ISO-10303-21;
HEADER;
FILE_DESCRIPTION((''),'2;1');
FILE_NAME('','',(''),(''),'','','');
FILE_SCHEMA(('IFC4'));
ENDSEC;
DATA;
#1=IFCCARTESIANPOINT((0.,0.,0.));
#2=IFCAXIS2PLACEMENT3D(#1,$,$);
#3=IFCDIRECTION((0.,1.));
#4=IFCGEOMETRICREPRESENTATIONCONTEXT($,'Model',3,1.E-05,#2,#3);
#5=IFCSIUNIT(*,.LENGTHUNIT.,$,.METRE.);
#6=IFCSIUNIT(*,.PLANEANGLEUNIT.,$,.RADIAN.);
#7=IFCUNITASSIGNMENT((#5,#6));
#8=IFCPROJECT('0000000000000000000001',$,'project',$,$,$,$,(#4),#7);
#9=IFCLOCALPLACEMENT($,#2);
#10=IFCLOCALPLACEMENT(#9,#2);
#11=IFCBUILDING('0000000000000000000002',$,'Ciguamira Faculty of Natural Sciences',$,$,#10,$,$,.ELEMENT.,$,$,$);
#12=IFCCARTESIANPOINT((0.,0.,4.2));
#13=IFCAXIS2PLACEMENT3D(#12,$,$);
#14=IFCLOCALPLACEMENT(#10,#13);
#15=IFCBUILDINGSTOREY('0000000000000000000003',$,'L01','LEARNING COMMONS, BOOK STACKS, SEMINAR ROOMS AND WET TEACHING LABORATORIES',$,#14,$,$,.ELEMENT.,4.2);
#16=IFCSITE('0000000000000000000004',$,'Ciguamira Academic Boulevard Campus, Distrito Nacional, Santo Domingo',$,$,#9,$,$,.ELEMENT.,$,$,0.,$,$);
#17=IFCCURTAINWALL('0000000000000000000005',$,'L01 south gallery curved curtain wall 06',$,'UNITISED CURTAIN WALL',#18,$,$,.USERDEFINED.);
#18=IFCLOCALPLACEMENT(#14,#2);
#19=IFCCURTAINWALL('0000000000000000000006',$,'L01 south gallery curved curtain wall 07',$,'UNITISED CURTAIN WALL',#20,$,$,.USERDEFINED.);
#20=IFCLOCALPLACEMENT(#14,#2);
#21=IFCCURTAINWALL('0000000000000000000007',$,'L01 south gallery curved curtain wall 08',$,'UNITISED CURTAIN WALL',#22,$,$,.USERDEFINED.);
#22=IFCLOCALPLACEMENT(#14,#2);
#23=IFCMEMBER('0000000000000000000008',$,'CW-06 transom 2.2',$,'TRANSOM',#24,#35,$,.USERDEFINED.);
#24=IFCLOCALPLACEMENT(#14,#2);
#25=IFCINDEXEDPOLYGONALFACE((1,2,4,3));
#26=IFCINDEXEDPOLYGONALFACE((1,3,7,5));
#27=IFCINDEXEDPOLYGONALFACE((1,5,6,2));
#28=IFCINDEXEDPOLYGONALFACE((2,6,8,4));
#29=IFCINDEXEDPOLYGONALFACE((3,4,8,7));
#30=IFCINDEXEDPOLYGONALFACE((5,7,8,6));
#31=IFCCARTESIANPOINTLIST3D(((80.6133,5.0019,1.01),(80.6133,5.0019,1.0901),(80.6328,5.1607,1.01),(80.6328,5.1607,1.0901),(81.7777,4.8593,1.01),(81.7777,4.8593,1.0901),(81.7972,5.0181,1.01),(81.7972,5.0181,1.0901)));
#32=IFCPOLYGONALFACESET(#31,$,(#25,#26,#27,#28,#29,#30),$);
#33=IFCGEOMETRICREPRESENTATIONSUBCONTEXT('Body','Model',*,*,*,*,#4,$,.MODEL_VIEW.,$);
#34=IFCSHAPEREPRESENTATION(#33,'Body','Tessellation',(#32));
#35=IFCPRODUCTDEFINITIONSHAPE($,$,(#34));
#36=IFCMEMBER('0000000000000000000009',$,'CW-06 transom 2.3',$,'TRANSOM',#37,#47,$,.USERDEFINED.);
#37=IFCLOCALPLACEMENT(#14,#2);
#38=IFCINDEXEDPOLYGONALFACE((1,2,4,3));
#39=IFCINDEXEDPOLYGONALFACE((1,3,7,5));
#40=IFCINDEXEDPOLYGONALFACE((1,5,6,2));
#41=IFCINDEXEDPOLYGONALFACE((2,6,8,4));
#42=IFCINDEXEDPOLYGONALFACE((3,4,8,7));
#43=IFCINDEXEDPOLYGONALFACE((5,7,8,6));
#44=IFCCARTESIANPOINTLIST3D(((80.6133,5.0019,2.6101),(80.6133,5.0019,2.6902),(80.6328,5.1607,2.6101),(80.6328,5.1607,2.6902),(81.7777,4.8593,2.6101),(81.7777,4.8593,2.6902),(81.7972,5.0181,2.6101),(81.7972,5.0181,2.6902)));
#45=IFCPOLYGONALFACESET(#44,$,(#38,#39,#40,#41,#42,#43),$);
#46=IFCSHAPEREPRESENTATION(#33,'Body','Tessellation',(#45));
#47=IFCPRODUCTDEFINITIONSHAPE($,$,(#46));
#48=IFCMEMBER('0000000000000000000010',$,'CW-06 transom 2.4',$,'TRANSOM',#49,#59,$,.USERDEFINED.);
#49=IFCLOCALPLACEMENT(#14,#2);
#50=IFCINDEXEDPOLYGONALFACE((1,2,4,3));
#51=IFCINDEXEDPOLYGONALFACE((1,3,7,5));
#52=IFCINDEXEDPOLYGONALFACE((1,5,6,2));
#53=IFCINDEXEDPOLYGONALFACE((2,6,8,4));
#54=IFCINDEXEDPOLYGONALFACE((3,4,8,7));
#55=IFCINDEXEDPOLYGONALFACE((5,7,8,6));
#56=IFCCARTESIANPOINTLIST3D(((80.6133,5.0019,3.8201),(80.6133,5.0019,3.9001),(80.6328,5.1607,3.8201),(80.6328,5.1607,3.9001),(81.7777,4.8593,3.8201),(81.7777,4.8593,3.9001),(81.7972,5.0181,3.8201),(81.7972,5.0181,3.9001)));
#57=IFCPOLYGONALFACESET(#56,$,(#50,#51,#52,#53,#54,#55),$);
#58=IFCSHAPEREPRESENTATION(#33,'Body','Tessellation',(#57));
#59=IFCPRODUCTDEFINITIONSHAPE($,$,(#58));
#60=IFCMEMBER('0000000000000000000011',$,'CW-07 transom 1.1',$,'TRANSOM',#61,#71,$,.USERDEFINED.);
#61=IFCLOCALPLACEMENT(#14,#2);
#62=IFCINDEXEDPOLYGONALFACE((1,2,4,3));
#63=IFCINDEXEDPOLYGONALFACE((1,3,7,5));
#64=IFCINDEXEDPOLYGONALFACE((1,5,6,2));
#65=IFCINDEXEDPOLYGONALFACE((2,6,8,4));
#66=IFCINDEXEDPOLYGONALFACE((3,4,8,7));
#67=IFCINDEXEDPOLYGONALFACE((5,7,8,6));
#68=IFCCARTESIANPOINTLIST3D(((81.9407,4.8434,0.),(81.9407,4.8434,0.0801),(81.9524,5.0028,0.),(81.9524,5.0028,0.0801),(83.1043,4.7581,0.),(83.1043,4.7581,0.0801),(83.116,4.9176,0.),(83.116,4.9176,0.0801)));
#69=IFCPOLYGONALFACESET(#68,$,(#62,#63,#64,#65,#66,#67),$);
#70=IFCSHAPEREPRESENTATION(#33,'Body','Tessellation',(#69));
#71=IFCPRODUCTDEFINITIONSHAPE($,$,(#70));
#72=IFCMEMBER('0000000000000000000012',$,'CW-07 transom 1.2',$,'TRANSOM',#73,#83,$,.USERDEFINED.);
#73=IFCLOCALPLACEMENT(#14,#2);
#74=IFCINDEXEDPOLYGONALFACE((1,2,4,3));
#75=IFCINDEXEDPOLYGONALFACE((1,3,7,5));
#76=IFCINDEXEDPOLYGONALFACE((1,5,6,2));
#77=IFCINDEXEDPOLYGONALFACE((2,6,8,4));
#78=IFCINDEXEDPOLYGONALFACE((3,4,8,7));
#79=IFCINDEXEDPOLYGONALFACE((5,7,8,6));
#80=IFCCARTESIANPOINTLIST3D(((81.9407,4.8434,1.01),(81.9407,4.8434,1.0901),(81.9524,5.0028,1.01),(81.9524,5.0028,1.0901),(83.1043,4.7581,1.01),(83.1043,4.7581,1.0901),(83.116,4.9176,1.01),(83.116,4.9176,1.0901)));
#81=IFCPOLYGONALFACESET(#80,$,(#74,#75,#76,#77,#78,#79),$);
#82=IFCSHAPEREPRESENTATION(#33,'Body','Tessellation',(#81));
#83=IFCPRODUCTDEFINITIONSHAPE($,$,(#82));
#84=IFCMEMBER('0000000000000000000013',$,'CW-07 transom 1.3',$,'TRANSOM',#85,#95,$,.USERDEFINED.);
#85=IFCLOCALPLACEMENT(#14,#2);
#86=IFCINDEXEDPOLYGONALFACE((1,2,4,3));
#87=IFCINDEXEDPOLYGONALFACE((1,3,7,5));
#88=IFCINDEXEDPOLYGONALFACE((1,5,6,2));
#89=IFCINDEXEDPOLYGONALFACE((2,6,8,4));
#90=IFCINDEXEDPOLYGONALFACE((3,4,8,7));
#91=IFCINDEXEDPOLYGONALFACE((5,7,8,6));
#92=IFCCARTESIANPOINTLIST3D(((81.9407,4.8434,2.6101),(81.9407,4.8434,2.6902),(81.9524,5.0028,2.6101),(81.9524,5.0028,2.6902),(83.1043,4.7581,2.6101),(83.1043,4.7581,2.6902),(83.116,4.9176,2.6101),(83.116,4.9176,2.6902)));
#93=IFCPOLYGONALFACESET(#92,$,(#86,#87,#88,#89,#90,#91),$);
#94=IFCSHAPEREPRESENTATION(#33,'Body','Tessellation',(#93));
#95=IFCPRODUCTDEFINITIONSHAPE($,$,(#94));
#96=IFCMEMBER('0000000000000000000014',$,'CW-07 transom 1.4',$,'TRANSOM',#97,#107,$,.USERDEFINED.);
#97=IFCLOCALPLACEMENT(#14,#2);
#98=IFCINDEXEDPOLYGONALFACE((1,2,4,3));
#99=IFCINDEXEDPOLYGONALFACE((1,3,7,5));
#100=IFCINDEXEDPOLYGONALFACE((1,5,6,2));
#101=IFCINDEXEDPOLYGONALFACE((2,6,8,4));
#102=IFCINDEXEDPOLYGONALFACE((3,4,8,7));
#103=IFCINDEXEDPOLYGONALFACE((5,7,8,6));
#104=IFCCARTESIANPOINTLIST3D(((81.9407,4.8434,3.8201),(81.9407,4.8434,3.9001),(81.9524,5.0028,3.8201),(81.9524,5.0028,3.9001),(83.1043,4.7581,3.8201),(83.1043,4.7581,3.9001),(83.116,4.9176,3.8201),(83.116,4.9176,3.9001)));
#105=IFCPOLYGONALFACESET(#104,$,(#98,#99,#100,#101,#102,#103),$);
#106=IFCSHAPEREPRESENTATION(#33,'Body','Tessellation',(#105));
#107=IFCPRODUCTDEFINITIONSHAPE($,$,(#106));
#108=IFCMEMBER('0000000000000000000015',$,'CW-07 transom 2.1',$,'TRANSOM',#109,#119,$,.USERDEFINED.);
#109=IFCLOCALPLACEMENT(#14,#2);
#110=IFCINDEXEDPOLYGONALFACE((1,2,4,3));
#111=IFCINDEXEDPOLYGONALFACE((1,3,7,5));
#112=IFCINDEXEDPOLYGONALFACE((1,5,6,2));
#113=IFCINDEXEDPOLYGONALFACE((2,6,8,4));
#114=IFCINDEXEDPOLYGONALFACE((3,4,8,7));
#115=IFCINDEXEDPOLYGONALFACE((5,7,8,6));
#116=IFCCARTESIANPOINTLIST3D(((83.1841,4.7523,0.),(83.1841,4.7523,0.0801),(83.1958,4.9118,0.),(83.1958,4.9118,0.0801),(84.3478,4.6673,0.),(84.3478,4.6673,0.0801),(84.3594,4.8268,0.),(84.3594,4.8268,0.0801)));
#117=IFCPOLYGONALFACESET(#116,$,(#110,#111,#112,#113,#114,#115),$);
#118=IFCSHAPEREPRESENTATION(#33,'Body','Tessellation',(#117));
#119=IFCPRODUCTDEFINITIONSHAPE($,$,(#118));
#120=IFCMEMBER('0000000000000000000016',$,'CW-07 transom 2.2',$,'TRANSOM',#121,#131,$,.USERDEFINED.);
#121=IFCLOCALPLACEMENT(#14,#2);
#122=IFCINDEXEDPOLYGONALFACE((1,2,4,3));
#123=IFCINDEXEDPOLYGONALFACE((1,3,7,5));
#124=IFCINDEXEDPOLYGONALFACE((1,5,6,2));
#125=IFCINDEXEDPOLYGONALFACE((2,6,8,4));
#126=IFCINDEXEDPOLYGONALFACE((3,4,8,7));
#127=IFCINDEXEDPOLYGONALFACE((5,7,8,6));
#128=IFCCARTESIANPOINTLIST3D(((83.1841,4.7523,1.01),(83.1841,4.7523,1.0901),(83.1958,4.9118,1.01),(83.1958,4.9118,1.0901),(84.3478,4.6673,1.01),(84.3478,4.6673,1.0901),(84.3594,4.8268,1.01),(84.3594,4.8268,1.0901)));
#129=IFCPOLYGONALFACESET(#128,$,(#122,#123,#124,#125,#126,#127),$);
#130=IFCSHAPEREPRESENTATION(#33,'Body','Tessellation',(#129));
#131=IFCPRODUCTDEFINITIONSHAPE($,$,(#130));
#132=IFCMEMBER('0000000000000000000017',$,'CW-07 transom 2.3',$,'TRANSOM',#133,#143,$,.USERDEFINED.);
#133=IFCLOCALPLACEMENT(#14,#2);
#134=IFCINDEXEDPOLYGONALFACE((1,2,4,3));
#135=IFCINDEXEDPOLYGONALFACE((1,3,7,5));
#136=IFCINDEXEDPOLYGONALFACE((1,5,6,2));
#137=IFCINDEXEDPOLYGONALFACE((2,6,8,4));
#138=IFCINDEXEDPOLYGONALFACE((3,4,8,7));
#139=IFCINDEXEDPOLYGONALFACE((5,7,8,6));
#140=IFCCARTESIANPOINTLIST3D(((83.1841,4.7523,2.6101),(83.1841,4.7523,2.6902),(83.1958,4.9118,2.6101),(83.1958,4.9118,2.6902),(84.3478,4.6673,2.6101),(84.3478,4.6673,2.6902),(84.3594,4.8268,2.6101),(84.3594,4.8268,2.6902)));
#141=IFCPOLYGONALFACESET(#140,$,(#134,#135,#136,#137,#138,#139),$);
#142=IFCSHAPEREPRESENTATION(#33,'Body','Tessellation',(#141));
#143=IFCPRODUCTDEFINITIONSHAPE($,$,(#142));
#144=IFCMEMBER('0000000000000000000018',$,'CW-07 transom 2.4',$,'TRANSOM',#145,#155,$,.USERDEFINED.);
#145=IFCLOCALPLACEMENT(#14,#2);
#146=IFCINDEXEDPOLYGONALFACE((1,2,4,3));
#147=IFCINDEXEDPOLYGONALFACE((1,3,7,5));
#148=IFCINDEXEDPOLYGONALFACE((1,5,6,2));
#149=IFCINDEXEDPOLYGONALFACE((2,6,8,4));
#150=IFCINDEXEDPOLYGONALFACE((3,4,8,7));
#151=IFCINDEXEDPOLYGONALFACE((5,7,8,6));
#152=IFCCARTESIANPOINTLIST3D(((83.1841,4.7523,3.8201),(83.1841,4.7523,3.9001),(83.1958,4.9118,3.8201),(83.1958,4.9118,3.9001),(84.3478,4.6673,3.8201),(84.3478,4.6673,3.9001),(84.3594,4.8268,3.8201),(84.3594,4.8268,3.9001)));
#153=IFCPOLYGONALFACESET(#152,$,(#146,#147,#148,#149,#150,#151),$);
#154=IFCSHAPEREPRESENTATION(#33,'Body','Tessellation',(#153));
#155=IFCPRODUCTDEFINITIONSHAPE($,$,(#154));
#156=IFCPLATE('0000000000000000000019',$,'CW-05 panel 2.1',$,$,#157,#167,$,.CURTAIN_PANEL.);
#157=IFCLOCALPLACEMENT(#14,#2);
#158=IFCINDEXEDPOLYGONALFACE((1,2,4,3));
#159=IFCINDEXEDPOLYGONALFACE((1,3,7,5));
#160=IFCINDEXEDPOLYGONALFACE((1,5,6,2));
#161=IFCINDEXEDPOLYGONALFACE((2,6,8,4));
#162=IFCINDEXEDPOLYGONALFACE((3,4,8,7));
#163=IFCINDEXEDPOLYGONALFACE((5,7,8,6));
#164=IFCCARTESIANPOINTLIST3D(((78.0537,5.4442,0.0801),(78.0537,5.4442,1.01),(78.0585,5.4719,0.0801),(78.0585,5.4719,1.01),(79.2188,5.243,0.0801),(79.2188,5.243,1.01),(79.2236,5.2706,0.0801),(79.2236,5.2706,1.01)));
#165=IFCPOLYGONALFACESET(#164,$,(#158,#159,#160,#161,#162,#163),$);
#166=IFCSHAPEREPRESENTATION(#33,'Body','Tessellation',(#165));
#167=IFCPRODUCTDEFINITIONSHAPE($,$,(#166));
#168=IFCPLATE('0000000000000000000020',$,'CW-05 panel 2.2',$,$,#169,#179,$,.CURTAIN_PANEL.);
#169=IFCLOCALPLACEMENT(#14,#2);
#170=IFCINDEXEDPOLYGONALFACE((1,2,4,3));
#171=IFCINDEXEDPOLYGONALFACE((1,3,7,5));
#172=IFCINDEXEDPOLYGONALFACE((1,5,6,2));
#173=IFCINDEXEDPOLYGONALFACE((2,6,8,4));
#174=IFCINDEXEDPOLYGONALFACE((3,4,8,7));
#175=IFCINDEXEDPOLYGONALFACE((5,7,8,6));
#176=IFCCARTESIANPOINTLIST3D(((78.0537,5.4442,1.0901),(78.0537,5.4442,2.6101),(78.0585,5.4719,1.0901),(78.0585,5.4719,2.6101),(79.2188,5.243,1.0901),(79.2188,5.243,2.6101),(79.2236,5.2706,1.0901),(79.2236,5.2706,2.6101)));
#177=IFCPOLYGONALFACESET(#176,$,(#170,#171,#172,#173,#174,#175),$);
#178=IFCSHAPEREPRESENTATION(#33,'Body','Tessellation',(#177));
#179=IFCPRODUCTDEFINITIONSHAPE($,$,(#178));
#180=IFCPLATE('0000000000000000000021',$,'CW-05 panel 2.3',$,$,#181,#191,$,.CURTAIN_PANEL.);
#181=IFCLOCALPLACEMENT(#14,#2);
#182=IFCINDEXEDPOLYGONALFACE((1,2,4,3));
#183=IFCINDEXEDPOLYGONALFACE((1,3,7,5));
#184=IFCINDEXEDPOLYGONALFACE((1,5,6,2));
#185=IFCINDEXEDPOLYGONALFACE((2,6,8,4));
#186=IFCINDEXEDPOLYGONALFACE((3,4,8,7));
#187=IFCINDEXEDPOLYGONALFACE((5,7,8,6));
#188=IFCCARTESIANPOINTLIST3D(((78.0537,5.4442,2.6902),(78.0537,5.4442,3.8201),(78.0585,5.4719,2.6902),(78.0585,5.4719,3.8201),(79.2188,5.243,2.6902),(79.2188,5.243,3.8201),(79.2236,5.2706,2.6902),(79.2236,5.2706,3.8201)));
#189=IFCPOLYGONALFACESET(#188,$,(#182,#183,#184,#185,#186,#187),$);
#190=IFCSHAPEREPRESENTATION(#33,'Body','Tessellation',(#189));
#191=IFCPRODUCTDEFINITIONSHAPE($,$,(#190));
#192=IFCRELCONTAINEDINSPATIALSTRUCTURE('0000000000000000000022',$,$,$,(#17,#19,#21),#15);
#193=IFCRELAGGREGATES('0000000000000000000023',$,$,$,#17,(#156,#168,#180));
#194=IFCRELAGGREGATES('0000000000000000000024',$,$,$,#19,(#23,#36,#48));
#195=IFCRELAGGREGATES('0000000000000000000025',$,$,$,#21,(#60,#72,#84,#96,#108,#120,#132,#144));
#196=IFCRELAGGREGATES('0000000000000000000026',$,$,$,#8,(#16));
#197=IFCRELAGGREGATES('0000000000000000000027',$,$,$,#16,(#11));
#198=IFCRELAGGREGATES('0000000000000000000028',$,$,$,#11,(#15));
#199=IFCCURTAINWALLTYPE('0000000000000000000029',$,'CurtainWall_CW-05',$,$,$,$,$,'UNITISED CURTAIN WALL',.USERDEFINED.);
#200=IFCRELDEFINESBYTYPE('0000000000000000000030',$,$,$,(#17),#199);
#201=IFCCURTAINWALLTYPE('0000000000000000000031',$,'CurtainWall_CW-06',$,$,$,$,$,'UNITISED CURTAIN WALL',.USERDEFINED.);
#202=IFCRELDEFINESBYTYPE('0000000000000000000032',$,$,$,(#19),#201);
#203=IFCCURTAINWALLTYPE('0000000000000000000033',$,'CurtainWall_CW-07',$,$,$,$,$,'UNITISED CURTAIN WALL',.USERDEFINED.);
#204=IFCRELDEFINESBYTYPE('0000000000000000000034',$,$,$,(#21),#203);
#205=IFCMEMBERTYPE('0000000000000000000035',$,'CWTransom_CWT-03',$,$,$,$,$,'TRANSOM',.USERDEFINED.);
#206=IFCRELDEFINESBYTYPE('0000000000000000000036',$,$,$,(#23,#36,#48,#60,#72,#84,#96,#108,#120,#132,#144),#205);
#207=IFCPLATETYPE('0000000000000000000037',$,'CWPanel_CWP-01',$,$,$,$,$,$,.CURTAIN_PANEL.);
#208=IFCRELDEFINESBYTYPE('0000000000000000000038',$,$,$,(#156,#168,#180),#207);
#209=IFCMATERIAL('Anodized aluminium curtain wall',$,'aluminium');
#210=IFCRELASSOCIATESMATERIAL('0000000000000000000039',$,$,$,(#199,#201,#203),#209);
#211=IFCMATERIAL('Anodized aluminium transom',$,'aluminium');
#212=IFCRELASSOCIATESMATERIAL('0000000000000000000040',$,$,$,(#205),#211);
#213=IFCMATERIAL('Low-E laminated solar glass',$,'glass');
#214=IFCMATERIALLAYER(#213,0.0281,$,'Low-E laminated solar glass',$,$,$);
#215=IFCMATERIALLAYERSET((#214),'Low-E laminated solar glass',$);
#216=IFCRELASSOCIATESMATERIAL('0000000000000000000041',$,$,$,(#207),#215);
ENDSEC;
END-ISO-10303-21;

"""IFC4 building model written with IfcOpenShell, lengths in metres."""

from ifc_helpers import new_model, si_unit, direction, frame, origin, origin_2d, place, context, subcontext, project, spatial, rectangle, extrude, material, layer, layer_set, material_profile, profile_set, type_object, element, aggregate, save


model = new_model("IFC4")

# Units and contexts
model_context = context("Model", 3, precision=1e-05, world=origin(), true_north=direction((0.0, 1.0)))
body_context = subcontext(model_context, "Body", "Model", "MODEL_VIEW")
ifc_project = project(units=[si_unit("LENGTHUNIT", "METRE"), si_unit("PLANEANGLEUNIT", "RADIAN")], contexts=[model_context])

# Site, building, storey
site_placement = place(None, origin())
site = spatial("IfcSite", under=ifc_project, at=site_placement, Name="Ciguamira Academic Boulevard Campus, Distrito Nacional, Santo Domingo", CompositionType="ELEMENT", RefElevation=0.0)
building_placement = place(site_placement, origin())
building = spatial("IfcBuilding", under=site, at=building_placement, Name="Ciguamira Faculty of Natural Sciences", CompositionType="ELEMENT")
storey_placement = place(building_placement, frame((0.0, 0.0, 4.2)))
storey = spatial("IfcBuildingStorey", under=building, at=storey_placement, Name="L01", Description="LEARNING COMMONS, BOOK STACKS, SEMINAR ROOMS AND WET TEACHING LABORATORIES", CompositionType="ELEMENT", Elevation=4.2)

# Curtain wall
ifc_material_1 = material(Name="Anodized aluminium curtain wall", Category="aluminium")
curtain_wall_type_1 = type_object("IfcCurtainWallType", Name="CurtainWall_CW-05", ElementType="UNITISED CURTAIN WALL", PredefinedType="USERDEFINED", material=ifc_material_1)
curtain_wall_1_placement = place(storey_placement, origin())
curtain_wall_1 = element("IfcCurtainWall", 1, at=curtain_wall_1_placement, inside=storey, type_object=curtain_wall_type_1, Name="L01 south gallery curved curtain wall 06", ObjectType="UNITISED CURTAIN WALL", PredefinedType="USERDEFINED")

# Curtain walls
curtain_wall_type_2 = type_object("IfcCurtainWallType", Name="CurtainWall_CW-06", ElementType="UNITISED CURTAIN WALL", PredefinedType="USERDEFINED", material=ifc_material_1)
curtain_wall_2_placement = place(storey_placement, origin())
curtain_wall_2 = element("IfcCurtainWall", 2, at=curtain_wall_2_placement, inside=storey, type_object=curtain_wall_type_2, Name="L01 south gallery curved curtain wall 07", ObjectType="UNITISED CURTAIN WALL", PredefinedType="USERDEFINED")
curtain_wall_type_3 = type_object("IfcCurtainWallType", Name="CurtainWall_CW-07", ElementType="UNITISED CURTAIN WALL", PredefinedType="USERDEFINED", material=ifc_material_1)
curtain_wall_3_placement = place(storey_placement, origin())
curtain_wall_3 = element("IfcCurtainWall", 3, at=curtain_wall_3_placement, inside=storey, type_object=curtain_wall_type_3, Name="L01 south gallery curved curtain wall 08", ObjectType="UNITISED CURTAIN WALL", PredefinedType="USERDEFINED")

# Members
ifc_material_2 = material(Name="Anodized aluminium transom", Category="aluminium")
ifc_material_profile_1 = material_profile(ifc_material_2, rectangle(XDim=0.0801, YDim=0.1599, at=origin_2d()), Name="ALU-TRN-80X160")
ifc_profile_set_1 = profile_set([ifc_material_profile_1], Name="Anodized aluminium transom")
member_type_1 = type_object("IfcMemberType", Name="CWTransom_CWT-03", ElementType="TRANSOM", PredefinedType="USERDEFINED", material=ifc_profile_set_1)
member_1_placement = place(storey_placement, frame((80.623, 5.0813, 1.05), z_axis=(0.992585, -0.12155, 0.0), x_axis=(0.0, 0.0, 1.0)))
member_1 = element("IfcMember", 4, at=member_1_placement, type_object=member_type_1, Name="CW-06 transom 2.2", ObjectType="TRANSOM", PredefinedType="USERDEFINED", context=body_context, shape_type="SweptSolid", body=[
    extrude(rectangle(XDim=0.0801, YDim=0.1599, at=origin_2d()), origin(), (0.0, 0.0, 1.0), 1.1731),
])
member_2_placement = place(storey_placement, frame((80.623, 5.0813, 2.6501), z_axis=(0.992585, -0.12155, 0.0), x_axis=(0.0, 0.0, 1.0)))
member_2 = element("IfcMember", 5, at=member_2_placement, type_object=member_type_1, Name="CW-06 transom 2.3", ObjectType="TRANSOM", PredefinedType="USERDEFINED", context=body_context, shape_type="SweptSolid", body=[
    extrude(rectangle(XDim=0.0801, YDim=0.1599, at=origin_2d()), origin(), (0.0, 0.0, 1.0), 1.1731),
])
member_3_placement = place(storey_placement, frame((80.623, 5.0813, 3.8601), z_axis=(0.992585, -0.12155, 0.0), x_axis=(0.0, 0.0, 1.0)))
member_3 = element("IfcMember", 6, at=member_3_placement, type_object=member_type_1, Name="CW-06 transom 2.4", ObjectType="TRANSOM", PredefinedType="USERDEFINED", context=body_context, shape_type="SweptSolid", body=[
    extrude(rectangle(XDim=0.0801, YDim=0.1599, at=origin_2d()), origin(), (0.0, 0.0, 1.0), 1.1731),
])
member_4_placement = place(storey_placement, frame((81.9465, 4.9231, 0.04), z_axis=(0.99733, -0.073031, 0.0), x_axis=(0.0, 0.0, 1.0)))
member_4 = element("IfcMember", 7, at=member_4_placement, type_object=member_type_1, Name="CW-07 transom 1.1", ObjectType="TRANSOM", PredefinedType="USERDEFINED", context=body_context, shape_type="SweptSolid", body=[
    extrude(rectangle(XDim=0.0801, YDim=0.1599, at=origin_2d()), origin(), (0.0, 0.0, 1.0), 1.1667),
])
member_5_placement = place(storey_placement, frame((81.9465, 4.9231, 1.05), z_axis=(0.99733, -0.073031, 0.0), x_axis=(0.0, 0.0, 1.0)))
member_5 = element("IfcMember", 8, at=member_5_placement, type_object=member_type_1, Name="CW-07 transom 1.2", ObjectType="TRANSOM", PredefinedType="USERDEFINED", context=body_context, shape_type="SweptSolid", body=[
    extrude(rectangle(XDim=0.0801, YDim=0.1599, at=origin_2d()), origin(), (0.0, 0.0, 1.0), 1.1667),
])
member_6_placement = place(storey_placement, frame((81.9465, 4.9231, 2.6501), z_axis=(0.99733, -0.073031, 0.0), x_axis=(0.0, 0.0, 1.0)))
member_6 = element("IfcMember", 9, at=member_6_placement, type_object=member_type_1, Name="CW-07 transom 1.3", ObjectType="TRANSOM", PredefinedType="USERDEFINED", context=body_context, shape_type="SweptSolid", body=[
    extrude(rectangle(XDim=0.0801, YDim=0.1599, at=origin_2d()), origin(), (0.0, 0.0, 1.0), 1.1667),
])
member_7_placement = place(storey_placement, frame((81.9465, 4.9231, 3.8601), z_axis=(0.99733, -0.073031, 0.0), x_axis=(0.0, 0.0, 1.0)))
member_7 = element("IfcMember", 10, at=member_7_placement, type_object=member_type_1, Name="CW-07 transom 1.4", ObjectType="TRANSOM", PredefinedType="USERDEFINED", context=body_context, shape_type="SweptSolid", body=[
    extrude(rectangle(XDim=0.0801, YDim=0.1599, at=origin_2d()), origin(), (0.0, 0.0, 1.0), 1.1667),
])
member_8_placement = place(storey_placement, frame((83.1899, 4.832, 0.04), z_axis=(0.997345, -0.072823, 0.0), x_axis=(0.0, 0.0, 1.0)))
member_8 = element("IfcMember", 11, at=member_8_placement, type_object=member_type_1, Name="CW-07 transom 2.1", ObjectType="TRANSOM", PredefinedType="USERDEFINED", context=body_context, shape_type="SweptSolid", body=[
    extrude(rectangle(XDim=0.0801, YDim=0.1599, at=origin_2d()), origin(), (0.0, 0.0, 1.0), 1.1667),
])
member_9_placement = place(storey_placement, frame((83.1899, 4.832, 1.05), z_axis=(0.997345, -0.072823, 0.0), x_axis=(0.0, 0.0, 1.0)))
member_9 = element("IfcMember", 12, at=member_9_placement, type_object=member_type_1, Name="CW-07 transom 2.2", ObjectType="TRANSOM", PredefinedType="USERDEFINED", context=body_context, shape_type="SweptSolid", body=[
    extrude(rectangle(XDim=0.0801, YDim=0.1599, at=origin_2d()), origin(), (0.0, 0.0, 1.0), 1.1667),
])
member_10_placement = place(storey_placement, frame((83.1899, 4.832, 2.6501), z_axis=(0.997345, -0.072823, 0.0), x_axis=(0.0, 0.0, 1.0)))
member_10 = element("IfcMember", 13, at=member_10_placement, type_object=member_type_1, Name="CW-07 transom 2.3", ObjectType="TRANSOM", PredefinedType="USERDEFINED", context=body_context, shape_type="SweptSolid", body=[
    extrude(rectangle(XDim=0.0801, YDim=0.1599, at=origin_2d()), origin(), (0.0, 0.0, 1.0), 1.1667),
])
member_11_placement = place(storey_placement, frame((83.1899, 4.832, 3.8601), z_axis=(0.997345, -0.072823, 0.0), x_axis=(0.0, 0.0, 1.0)))
member_11 = element("IfcMember", 14, at=member_11_placement, type_object=member_type_1, Name="CW-07 transom 2.4", ObjectType="TRANSOM", PredefinedType="USERDEFINED", context=body_context, shape_type="SweptSolid", body=[
    extrude(rectangle(XDim=0.0801, YDim=0.1599, at=origin_2d()), origin(), (0.0, 0.0, 1.0), 1.1667),
])

# Plates
ifc_material_3 = material(Name="Low-E laminated solar glass", Category="glass")
ifc_layer = layer(ifc_material_3, 0.0281, Name="Low-E laminated solar glass")
ifc_layer_set = layer_set([ifc_layer], Name="Low-E laminated solar glass")
plate_type = type_object("IfcPlateType", Name="CWPanel_CWP-01", PredefinedType="CURTAIN_PANEL", material=ifc_layer_set)
plate_1_placement = place(storey_placement, frame((78.6387, 5.3574, 0.0801), z_axis=(0.0, 0.0, 1.0), x_axis=(0.985411, -0.170192, 0.0)))
plate_1 = element("IfcPlate", 15, at=plate_1_placement, type_object=plate_type, Name="CW-05 panel 2.1", PredefinedType="CURTAIN_PANEL", context=body_context, shape_type="SweptSolid", body=[
    extrude(rectangle(XDim=1.1824, YDim=0.0281, at=origin_2d()), origin(), (0.0, 0.0, 1.0), 0.9299),
])
plate_2_placement = place(storey_placement, frame((78.6387, 5.3574, 1.0901), z_axis=(0.0, 0.0, 1.0), x_axis=(0.985411, -0.170192, 0.0)))
plate_2 = element("IfcPlate", 16, at=plate_2_placement, type_object=plate_type, Name="CW-05 panel 2.2", PredefinedType="CURTAIN_PANEL", context=body_context, shape_type="SweptSolid", body=[
    extrude(rectangle(XDim=1.1824, YDim=0.0281, at=origin_2d()), origin(), (0.0, 0.0, 1.0), 1.52),
])
plate_3_placement = place(storey_placement, frame((78.6387, 5.3574, 2.6902), z_axis=(0.0, 0.0, 1.0), x_axis=(0.985411, -0.170192, 0.0)))
plate_3 = element("IfcPlate", 17, at=plate_3_placement, type_object=plate_type, Name="CW-05 panel 2.3", PredefinedType="CURTAIN_PANEL", context=body_context, shape_type="SweptSolid", body=[
    extrude(rectangle(XDim=1.1824, YDim=0.0281, at=origin_2d()), origin(), (0.0, 0.0, 1.0), 1.1299),
])
aggregate(curtain_wall_1, [plate_1, plate_2, plate_3])
aggregate(curtain_wall_2, [member_1, member_2, member_3])
aggregate(curtain_wall_3, [member_4, member_5, member_6, member_7, member_8, member_9, member_10, member_11])

save(model, "model.ifc")
